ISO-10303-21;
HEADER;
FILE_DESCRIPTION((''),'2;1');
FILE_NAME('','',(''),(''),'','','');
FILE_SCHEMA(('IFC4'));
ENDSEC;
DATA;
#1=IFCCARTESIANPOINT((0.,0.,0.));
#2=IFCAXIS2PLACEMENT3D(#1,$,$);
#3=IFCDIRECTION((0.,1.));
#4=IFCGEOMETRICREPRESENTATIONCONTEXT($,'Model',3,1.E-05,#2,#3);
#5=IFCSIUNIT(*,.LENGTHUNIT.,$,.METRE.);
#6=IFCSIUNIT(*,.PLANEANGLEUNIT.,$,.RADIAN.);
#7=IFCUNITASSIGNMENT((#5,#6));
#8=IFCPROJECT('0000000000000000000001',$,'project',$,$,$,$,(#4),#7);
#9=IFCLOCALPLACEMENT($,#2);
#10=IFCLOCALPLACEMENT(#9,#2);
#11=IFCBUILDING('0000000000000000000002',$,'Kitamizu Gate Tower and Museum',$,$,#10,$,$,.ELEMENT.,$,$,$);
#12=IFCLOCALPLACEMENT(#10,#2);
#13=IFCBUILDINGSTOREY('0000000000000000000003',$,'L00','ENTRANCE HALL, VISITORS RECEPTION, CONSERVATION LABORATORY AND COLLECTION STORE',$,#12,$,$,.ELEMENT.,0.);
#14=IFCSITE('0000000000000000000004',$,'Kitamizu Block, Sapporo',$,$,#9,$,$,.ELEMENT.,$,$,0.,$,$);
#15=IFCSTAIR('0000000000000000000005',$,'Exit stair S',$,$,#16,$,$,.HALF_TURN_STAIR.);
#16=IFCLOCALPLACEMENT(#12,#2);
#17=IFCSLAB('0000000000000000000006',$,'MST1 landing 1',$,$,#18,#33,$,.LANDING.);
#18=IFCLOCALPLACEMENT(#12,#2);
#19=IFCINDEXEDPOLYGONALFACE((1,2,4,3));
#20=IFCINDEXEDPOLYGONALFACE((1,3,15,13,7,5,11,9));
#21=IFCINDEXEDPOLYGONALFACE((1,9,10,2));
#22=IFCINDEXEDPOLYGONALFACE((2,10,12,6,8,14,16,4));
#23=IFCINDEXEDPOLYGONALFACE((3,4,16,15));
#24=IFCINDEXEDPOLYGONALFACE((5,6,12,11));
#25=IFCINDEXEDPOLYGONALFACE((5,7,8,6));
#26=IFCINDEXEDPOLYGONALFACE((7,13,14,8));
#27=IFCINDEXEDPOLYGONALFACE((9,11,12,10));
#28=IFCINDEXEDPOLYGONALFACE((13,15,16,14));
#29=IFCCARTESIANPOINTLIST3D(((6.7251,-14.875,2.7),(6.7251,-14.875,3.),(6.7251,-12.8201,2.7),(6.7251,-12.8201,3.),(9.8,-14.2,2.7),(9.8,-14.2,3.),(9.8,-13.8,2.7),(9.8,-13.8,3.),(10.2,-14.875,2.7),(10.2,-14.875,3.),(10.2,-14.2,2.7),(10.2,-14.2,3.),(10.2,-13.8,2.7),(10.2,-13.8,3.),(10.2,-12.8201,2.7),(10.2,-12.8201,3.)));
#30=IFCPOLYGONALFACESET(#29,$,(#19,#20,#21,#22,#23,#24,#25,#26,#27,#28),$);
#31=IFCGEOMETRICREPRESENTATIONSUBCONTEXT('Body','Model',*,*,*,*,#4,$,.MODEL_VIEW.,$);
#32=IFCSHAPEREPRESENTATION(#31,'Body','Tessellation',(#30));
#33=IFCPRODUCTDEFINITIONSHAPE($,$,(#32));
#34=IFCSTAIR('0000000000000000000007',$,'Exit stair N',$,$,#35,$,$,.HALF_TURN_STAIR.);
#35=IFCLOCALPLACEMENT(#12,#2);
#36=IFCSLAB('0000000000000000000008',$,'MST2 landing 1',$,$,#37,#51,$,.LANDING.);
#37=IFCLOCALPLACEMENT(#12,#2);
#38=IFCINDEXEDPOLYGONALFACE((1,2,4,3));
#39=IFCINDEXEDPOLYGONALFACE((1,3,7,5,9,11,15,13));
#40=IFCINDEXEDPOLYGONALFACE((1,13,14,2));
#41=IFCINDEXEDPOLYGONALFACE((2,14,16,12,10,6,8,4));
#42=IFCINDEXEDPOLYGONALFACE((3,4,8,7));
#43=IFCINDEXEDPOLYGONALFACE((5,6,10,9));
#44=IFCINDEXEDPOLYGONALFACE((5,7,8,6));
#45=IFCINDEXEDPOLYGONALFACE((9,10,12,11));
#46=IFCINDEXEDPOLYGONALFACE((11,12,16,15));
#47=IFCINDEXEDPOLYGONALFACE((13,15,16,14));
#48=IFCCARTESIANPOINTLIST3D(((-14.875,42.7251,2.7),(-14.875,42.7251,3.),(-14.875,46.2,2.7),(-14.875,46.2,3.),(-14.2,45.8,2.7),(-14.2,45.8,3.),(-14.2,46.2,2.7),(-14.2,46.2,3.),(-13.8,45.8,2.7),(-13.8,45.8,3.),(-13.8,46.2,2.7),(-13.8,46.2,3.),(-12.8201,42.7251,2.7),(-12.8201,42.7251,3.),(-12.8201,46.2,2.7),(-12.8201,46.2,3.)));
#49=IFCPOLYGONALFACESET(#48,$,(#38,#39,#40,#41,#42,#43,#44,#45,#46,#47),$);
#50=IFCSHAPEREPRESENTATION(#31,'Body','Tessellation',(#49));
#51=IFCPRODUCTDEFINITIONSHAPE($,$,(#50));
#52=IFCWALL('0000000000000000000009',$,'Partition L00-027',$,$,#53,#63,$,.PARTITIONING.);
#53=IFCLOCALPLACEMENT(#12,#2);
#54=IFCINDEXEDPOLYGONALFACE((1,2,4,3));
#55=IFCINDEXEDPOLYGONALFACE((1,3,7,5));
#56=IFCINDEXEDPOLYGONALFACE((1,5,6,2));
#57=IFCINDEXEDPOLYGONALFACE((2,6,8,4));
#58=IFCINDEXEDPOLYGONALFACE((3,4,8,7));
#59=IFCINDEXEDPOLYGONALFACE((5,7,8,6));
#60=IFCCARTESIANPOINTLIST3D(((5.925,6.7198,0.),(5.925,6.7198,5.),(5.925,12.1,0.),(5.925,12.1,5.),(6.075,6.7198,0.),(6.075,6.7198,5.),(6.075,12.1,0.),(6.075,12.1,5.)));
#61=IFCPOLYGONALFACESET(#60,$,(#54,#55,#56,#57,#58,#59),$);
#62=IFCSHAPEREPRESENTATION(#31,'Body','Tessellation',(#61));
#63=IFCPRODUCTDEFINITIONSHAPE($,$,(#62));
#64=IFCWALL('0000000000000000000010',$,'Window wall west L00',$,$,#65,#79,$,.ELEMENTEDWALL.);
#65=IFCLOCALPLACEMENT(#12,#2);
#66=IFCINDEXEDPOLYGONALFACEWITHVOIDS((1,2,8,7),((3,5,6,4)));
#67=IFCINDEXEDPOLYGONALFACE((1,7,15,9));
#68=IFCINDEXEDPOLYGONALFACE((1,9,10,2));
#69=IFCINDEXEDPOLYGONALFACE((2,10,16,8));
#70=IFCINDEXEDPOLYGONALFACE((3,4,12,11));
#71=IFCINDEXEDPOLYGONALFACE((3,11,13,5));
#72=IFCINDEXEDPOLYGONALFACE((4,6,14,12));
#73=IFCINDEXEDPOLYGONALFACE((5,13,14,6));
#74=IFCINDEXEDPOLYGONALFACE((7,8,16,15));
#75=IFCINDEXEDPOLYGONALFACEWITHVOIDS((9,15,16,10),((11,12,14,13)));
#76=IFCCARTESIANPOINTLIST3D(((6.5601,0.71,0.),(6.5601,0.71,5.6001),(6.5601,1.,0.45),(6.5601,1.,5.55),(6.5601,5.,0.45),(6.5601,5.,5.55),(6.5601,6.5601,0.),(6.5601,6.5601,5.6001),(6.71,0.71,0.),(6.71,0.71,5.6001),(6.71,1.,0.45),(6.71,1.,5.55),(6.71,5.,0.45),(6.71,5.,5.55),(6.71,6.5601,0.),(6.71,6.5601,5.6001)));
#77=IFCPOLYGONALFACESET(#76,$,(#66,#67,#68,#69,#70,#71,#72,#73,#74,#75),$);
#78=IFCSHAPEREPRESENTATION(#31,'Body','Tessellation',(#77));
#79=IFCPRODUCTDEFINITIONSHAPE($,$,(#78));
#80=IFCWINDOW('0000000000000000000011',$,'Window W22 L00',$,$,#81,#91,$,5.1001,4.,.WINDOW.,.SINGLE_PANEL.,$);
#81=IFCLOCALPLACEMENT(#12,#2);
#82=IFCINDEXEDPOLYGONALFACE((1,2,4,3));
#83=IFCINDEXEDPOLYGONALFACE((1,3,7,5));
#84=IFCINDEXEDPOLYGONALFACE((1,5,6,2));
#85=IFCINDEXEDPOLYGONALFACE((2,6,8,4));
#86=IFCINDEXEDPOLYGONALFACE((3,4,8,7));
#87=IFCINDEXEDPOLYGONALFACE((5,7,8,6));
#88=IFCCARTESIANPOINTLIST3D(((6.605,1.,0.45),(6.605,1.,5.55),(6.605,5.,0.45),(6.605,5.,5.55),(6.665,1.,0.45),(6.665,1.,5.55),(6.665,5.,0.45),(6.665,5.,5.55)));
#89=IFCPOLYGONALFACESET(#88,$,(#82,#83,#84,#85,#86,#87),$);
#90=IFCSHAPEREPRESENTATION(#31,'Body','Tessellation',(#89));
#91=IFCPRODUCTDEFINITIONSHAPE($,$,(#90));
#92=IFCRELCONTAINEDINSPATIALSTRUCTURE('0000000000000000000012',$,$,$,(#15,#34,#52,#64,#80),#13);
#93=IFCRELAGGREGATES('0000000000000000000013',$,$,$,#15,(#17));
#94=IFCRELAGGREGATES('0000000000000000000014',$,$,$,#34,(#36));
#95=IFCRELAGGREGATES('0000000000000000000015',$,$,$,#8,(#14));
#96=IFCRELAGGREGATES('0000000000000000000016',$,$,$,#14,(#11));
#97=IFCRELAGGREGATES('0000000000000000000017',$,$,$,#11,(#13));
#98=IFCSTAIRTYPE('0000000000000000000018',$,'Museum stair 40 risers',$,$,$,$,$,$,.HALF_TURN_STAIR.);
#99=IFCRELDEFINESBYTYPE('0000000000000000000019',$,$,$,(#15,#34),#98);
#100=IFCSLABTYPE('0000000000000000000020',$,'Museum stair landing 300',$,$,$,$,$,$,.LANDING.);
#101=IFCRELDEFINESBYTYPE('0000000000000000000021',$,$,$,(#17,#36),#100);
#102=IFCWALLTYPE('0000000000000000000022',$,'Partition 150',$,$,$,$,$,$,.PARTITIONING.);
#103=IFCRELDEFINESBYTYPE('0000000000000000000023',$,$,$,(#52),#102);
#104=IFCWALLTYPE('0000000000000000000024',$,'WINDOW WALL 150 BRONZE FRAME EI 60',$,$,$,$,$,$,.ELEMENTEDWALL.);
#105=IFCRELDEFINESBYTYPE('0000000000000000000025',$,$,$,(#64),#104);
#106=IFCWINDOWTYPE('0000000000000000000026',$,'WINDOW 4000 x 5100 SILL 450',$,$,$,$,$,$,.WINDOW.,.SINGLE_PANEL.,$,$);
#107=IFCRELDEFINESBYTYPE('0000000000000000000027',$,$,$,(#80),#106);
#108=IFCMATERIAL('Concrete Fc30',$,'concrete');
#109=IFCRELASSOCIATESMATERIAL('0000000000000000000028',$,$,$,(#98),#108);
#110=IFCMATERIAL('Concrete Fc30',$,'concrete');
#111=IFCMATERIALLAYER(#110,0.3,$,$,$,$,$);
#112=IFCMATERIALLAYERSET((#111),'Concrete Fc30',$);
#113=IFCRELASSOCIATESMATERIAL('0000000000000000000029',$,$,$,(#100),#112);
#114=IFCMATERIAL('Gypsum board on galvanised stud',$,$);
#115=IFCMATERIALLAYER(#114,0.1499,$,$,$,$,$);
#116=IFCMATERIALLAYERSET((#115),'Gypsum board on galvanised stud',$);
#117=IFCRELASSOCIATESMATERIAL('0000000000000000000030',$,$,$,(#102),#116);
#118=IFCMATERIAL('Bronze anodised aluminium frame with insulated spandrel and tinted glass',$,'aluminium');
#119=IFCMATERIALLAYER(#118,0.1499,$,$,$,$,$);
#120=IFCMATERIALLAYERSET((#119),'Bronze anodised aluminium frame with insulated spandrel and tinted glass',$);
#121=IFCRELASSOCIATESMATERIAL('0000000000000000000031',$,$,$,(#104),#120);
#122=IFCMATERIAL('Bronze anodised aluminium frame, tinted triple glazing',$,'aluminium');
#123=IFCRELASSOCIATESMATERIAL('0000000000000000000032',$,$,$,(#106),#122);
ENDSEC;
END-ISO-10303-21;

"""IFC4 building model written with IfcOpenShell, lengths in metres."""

from ifc_helpers import new_model, si_unit, direction, frame, frame_2d, origin, place, context, subcontext, project, spatial, polyline, rectangle, outline, extrude, material, layer, layer_set, type_object, element, fill, aggregate, save


model = new_model("IFC4")

# Units and contexts
model_context = context("Model", 3, precision=1e-05, world=origin(), true_north=direction((0.0, 1.0)))
body_context = subcontext(model_context, "Body", "Model", "MODEL_VIEW")
ifc_project = project(units=[si_unit("LENGTHUNIT", "METRE"), si_unit("PLANEANGLEUNIT", "RADIAN")], contexts=[model_context])

# Site, building, storey
site_placement = place(None, origin())
site = spatial("IfcSite", under=ifc_project, at=site_placement, Name="Kitamizu Block, Sapporo", CompositionType="ELEMENT", RefElevation=0.0)
building_placement = place(site_placement, origin())
building = spatial("IfcBuilding", under=site, at=building_placement, Name="Kitamizu Gate Tower and Museum", CompositionType="ELEMENT")
storey_placement = place(building_placement, origin())
storey = spatial("IfcBuildingStorey", under=building, at=storey_placement, Name="L00", Description="ENTRANCE HALL, VISITORS RECEPTION, CONSERVATION LABORATORY AND COLLECTION STORE", CompositionType="ELEMENT", Elevation=0.0)

# Stairs, slabs
ifc_material_1 = material(Name="Concrete Fc30", Category="concrete")
stair_type = type_object("IfcStairType", Name="Museum stair 40 risers", PredefinedType="HALF_TURN_STAIR", material=ifc_material_1)
stair_1_placement = place(storey_placement, origin())
stair_1 = element("IfcStair", 1, at=stair_1_placement, inside=storey, type_object=stair_type, Name="Exit stair S", PredefinedType="HALF_TURN_STAIR")
ifc_material_2 = material(Name="Concrete Fc30", Category="concrete")
ifc_layer_1 = layer(ifc_material_2, 0.3)
ifc_layer_set_1 = layer_set([ifc_layer_1], Name="Concrete Fc30")
slab_type = type_object("IfcSlabType", Name="Museum stair landing 300", PredefinedType="LANDING", material=ifc_layer_set_1)
slab_1_placement = place(storey_placement, frame((0.0, 0.0, 2.7)))
slab_1 = element("IfcSlab", 2, at=slab_1_placement, type_object=slab_type, Name="MST1 landing 1", PredefinedType="LANDING", context=body_context, shape_type="SweptSolid", body=[
    extrude(outline(polyline([(10.2, -14.875), (6.7251, -14.875), (6.7251, -12.8201), (10.2, -12.8201), (10.2, -13.8), (9.8, -13.8), (9.8, -14.2), (10.2, -14.2), (10.2, -14.875)])), origin(), (0.0, 0.0, 1.0), 0.3),
])
aggregate(stair_1, [slab_1])
stair_2_placement = place(storey_placement, origin())
stair_2 = element("IfcStair", 3, at=stair_2_placement, inside=storey, type_object=stair_type, Name="Exit stair N", PredefinedType="HALF_TURN_STAIR")
slab_2_placement = place(storey_placement, frame((0.0, 0.0, 2.7)))
slab_2 = element("IfcSlab", 4, at=slab_2_placement, type_object=slab_type, Name="MST2 landing 1", PredefinedType="LANDING", context=body_context, shape_type="SweptSolid", body=[
    extrude(outline(polyline([(-12.8201, 46.2), (-12.8201, 42.7251), (-14.875, 42.7251), (-14.875, 46.2), (-14.2, 46.2), (-14.2, 45.8), (-13.8, 45.8), (-13.8, 46.2), (-12.8201, 46.2)])), origin(), (0.0, 0.0, 1.0), 0.3),
])
aggregate(stair_2, [slab_2])

# Wall
ifc_material_3 = material(Name="Gypsum board on galvanised stud")
ifc_layer_2 = layer(ifc_material_3, 0.1499)
ifc_layer_set_2 = layer_set([ifc_layer_2], Name="Gypsum board on galvanised stud")
wall_type_1 = type_object("IfcWallType", Name="Partition 150", PredefinedType="PARTITIONING", material=ifc_layer_set_2)
wall_1_placement = place(storey_placement, frame((6.0, 6.72, 0.0), z_axis=(0.0, 0.0, 1.0), x_axis=(0.0, 1.0, 0.0)))
element("IfcWall", 5, at=wall_1_placement, inside=storey, type_object=wall_type_1, Name="Partition L00-027", PredefinedType="PARTITIONING", context=body_context, shape_type="SweptSolid", body=[
    extrude(rectangle(XDim=5.3801, YDim=0.1499, at=frame_2d((2.6899, 0.0))), origin(), (0.0, 0.0, 1.0), 5.0),
])

# Wall, opening, window
ifc_material_4 = material(Name="Bronze anodised aluminium frame with insulated spandrel and tinted glass", Category="aluminium")
ifc_layer_3 = layer(ifc_material_4, 0.1499)
ifc_layer_set_3 = layer_set([ifc_layer_3], Name="Bronze anodised aluminium frame with insulated spandrel and tinted glass")
wall_type_2 = type_object("IfcWallType", Name="WINDOW WALL 150 BRONZE FRAME EI 60", PredefinedType="ELEMENTEDWALL", material=ifc_layer_set_3)
wall_2_placement = place(storey_placement, frame((6.635, 0.71, 0.0), z_axis=(0.0, 0.0, 1.0), x_axis=(0.0, 1.0, 0.0)))
wall_2 = element("IfcWall", 6, at=wall_2_placement, inside=storey, type_object=wall_type_2, Name="Window wall west L00", PredefinedType="ELEMENTEDWALL", context=body_context, shape_type="SweptSolid", body=[
    extrude(rectangle(XDim=5.8501, YDim=0.1499, at=frame_2d((2.925, 0.0))), origin(), (0.0, 0.0, 1.0), 5.6001),
])
opening_1_placement = place(wall_2_placement, frame((0.29, 0.0, 0.45)))
opening_1 = element("IfcOpeningElement", 7, at=opening_1_placement, cuts=wall_2, PredefinedType="OPENING", context=body_context, shape_type="SweptSolid", body=[
    extrude(rectangle(XDim=4.0, YDim=5.1001, at=frame_2d((2.0, 2.55))), frame((0.0, 0.085, 0.0), z_axis=(0.0, -1.0, 0.0), x_axis=(1.0, 0.0, 0.0)), (0.0, 0.0, 1.0), 0.1699),
])
ifc_material_5 = material(Name="Bronze anodised aluminium frame, tinted triple glazing", Category="aluminium")
window_type_1 = type_object("IfcWindowType", Name="WINDOW 4000 x 5100 SILL 450", PartitioningType="SINGLE_PANEL", PredefinedType="WINDOW", material=ifc_material_5)
window_1_placement = place(opening_1_placement, origin())
window_1 = element("IfcWindow", 8, at=window_1_placement, inside=storey, type_object=window_type_1, Name="Window W22 L00", OverallHeight=5.1001, OverallWidth=4.0, PartitioningType="SINGLE_PANEL", PredefinedType="WINDOW", context=body_context, shape_type="SweptSolid", body=[
    extrude(rectangle(XDim=4.0, YDim=5.1001, at=frame_2d((2.0, 2.55))), frame((0.0, 0.03, 0.0), z_axis=(0.0, -1.0, 0.0), x_axis=(1.0, 0.0, 0.0)), (0.0, 0.0, 1.0), 0.0601),
])
fill(opening_1, window_1)

save(model, "model.ifc")
